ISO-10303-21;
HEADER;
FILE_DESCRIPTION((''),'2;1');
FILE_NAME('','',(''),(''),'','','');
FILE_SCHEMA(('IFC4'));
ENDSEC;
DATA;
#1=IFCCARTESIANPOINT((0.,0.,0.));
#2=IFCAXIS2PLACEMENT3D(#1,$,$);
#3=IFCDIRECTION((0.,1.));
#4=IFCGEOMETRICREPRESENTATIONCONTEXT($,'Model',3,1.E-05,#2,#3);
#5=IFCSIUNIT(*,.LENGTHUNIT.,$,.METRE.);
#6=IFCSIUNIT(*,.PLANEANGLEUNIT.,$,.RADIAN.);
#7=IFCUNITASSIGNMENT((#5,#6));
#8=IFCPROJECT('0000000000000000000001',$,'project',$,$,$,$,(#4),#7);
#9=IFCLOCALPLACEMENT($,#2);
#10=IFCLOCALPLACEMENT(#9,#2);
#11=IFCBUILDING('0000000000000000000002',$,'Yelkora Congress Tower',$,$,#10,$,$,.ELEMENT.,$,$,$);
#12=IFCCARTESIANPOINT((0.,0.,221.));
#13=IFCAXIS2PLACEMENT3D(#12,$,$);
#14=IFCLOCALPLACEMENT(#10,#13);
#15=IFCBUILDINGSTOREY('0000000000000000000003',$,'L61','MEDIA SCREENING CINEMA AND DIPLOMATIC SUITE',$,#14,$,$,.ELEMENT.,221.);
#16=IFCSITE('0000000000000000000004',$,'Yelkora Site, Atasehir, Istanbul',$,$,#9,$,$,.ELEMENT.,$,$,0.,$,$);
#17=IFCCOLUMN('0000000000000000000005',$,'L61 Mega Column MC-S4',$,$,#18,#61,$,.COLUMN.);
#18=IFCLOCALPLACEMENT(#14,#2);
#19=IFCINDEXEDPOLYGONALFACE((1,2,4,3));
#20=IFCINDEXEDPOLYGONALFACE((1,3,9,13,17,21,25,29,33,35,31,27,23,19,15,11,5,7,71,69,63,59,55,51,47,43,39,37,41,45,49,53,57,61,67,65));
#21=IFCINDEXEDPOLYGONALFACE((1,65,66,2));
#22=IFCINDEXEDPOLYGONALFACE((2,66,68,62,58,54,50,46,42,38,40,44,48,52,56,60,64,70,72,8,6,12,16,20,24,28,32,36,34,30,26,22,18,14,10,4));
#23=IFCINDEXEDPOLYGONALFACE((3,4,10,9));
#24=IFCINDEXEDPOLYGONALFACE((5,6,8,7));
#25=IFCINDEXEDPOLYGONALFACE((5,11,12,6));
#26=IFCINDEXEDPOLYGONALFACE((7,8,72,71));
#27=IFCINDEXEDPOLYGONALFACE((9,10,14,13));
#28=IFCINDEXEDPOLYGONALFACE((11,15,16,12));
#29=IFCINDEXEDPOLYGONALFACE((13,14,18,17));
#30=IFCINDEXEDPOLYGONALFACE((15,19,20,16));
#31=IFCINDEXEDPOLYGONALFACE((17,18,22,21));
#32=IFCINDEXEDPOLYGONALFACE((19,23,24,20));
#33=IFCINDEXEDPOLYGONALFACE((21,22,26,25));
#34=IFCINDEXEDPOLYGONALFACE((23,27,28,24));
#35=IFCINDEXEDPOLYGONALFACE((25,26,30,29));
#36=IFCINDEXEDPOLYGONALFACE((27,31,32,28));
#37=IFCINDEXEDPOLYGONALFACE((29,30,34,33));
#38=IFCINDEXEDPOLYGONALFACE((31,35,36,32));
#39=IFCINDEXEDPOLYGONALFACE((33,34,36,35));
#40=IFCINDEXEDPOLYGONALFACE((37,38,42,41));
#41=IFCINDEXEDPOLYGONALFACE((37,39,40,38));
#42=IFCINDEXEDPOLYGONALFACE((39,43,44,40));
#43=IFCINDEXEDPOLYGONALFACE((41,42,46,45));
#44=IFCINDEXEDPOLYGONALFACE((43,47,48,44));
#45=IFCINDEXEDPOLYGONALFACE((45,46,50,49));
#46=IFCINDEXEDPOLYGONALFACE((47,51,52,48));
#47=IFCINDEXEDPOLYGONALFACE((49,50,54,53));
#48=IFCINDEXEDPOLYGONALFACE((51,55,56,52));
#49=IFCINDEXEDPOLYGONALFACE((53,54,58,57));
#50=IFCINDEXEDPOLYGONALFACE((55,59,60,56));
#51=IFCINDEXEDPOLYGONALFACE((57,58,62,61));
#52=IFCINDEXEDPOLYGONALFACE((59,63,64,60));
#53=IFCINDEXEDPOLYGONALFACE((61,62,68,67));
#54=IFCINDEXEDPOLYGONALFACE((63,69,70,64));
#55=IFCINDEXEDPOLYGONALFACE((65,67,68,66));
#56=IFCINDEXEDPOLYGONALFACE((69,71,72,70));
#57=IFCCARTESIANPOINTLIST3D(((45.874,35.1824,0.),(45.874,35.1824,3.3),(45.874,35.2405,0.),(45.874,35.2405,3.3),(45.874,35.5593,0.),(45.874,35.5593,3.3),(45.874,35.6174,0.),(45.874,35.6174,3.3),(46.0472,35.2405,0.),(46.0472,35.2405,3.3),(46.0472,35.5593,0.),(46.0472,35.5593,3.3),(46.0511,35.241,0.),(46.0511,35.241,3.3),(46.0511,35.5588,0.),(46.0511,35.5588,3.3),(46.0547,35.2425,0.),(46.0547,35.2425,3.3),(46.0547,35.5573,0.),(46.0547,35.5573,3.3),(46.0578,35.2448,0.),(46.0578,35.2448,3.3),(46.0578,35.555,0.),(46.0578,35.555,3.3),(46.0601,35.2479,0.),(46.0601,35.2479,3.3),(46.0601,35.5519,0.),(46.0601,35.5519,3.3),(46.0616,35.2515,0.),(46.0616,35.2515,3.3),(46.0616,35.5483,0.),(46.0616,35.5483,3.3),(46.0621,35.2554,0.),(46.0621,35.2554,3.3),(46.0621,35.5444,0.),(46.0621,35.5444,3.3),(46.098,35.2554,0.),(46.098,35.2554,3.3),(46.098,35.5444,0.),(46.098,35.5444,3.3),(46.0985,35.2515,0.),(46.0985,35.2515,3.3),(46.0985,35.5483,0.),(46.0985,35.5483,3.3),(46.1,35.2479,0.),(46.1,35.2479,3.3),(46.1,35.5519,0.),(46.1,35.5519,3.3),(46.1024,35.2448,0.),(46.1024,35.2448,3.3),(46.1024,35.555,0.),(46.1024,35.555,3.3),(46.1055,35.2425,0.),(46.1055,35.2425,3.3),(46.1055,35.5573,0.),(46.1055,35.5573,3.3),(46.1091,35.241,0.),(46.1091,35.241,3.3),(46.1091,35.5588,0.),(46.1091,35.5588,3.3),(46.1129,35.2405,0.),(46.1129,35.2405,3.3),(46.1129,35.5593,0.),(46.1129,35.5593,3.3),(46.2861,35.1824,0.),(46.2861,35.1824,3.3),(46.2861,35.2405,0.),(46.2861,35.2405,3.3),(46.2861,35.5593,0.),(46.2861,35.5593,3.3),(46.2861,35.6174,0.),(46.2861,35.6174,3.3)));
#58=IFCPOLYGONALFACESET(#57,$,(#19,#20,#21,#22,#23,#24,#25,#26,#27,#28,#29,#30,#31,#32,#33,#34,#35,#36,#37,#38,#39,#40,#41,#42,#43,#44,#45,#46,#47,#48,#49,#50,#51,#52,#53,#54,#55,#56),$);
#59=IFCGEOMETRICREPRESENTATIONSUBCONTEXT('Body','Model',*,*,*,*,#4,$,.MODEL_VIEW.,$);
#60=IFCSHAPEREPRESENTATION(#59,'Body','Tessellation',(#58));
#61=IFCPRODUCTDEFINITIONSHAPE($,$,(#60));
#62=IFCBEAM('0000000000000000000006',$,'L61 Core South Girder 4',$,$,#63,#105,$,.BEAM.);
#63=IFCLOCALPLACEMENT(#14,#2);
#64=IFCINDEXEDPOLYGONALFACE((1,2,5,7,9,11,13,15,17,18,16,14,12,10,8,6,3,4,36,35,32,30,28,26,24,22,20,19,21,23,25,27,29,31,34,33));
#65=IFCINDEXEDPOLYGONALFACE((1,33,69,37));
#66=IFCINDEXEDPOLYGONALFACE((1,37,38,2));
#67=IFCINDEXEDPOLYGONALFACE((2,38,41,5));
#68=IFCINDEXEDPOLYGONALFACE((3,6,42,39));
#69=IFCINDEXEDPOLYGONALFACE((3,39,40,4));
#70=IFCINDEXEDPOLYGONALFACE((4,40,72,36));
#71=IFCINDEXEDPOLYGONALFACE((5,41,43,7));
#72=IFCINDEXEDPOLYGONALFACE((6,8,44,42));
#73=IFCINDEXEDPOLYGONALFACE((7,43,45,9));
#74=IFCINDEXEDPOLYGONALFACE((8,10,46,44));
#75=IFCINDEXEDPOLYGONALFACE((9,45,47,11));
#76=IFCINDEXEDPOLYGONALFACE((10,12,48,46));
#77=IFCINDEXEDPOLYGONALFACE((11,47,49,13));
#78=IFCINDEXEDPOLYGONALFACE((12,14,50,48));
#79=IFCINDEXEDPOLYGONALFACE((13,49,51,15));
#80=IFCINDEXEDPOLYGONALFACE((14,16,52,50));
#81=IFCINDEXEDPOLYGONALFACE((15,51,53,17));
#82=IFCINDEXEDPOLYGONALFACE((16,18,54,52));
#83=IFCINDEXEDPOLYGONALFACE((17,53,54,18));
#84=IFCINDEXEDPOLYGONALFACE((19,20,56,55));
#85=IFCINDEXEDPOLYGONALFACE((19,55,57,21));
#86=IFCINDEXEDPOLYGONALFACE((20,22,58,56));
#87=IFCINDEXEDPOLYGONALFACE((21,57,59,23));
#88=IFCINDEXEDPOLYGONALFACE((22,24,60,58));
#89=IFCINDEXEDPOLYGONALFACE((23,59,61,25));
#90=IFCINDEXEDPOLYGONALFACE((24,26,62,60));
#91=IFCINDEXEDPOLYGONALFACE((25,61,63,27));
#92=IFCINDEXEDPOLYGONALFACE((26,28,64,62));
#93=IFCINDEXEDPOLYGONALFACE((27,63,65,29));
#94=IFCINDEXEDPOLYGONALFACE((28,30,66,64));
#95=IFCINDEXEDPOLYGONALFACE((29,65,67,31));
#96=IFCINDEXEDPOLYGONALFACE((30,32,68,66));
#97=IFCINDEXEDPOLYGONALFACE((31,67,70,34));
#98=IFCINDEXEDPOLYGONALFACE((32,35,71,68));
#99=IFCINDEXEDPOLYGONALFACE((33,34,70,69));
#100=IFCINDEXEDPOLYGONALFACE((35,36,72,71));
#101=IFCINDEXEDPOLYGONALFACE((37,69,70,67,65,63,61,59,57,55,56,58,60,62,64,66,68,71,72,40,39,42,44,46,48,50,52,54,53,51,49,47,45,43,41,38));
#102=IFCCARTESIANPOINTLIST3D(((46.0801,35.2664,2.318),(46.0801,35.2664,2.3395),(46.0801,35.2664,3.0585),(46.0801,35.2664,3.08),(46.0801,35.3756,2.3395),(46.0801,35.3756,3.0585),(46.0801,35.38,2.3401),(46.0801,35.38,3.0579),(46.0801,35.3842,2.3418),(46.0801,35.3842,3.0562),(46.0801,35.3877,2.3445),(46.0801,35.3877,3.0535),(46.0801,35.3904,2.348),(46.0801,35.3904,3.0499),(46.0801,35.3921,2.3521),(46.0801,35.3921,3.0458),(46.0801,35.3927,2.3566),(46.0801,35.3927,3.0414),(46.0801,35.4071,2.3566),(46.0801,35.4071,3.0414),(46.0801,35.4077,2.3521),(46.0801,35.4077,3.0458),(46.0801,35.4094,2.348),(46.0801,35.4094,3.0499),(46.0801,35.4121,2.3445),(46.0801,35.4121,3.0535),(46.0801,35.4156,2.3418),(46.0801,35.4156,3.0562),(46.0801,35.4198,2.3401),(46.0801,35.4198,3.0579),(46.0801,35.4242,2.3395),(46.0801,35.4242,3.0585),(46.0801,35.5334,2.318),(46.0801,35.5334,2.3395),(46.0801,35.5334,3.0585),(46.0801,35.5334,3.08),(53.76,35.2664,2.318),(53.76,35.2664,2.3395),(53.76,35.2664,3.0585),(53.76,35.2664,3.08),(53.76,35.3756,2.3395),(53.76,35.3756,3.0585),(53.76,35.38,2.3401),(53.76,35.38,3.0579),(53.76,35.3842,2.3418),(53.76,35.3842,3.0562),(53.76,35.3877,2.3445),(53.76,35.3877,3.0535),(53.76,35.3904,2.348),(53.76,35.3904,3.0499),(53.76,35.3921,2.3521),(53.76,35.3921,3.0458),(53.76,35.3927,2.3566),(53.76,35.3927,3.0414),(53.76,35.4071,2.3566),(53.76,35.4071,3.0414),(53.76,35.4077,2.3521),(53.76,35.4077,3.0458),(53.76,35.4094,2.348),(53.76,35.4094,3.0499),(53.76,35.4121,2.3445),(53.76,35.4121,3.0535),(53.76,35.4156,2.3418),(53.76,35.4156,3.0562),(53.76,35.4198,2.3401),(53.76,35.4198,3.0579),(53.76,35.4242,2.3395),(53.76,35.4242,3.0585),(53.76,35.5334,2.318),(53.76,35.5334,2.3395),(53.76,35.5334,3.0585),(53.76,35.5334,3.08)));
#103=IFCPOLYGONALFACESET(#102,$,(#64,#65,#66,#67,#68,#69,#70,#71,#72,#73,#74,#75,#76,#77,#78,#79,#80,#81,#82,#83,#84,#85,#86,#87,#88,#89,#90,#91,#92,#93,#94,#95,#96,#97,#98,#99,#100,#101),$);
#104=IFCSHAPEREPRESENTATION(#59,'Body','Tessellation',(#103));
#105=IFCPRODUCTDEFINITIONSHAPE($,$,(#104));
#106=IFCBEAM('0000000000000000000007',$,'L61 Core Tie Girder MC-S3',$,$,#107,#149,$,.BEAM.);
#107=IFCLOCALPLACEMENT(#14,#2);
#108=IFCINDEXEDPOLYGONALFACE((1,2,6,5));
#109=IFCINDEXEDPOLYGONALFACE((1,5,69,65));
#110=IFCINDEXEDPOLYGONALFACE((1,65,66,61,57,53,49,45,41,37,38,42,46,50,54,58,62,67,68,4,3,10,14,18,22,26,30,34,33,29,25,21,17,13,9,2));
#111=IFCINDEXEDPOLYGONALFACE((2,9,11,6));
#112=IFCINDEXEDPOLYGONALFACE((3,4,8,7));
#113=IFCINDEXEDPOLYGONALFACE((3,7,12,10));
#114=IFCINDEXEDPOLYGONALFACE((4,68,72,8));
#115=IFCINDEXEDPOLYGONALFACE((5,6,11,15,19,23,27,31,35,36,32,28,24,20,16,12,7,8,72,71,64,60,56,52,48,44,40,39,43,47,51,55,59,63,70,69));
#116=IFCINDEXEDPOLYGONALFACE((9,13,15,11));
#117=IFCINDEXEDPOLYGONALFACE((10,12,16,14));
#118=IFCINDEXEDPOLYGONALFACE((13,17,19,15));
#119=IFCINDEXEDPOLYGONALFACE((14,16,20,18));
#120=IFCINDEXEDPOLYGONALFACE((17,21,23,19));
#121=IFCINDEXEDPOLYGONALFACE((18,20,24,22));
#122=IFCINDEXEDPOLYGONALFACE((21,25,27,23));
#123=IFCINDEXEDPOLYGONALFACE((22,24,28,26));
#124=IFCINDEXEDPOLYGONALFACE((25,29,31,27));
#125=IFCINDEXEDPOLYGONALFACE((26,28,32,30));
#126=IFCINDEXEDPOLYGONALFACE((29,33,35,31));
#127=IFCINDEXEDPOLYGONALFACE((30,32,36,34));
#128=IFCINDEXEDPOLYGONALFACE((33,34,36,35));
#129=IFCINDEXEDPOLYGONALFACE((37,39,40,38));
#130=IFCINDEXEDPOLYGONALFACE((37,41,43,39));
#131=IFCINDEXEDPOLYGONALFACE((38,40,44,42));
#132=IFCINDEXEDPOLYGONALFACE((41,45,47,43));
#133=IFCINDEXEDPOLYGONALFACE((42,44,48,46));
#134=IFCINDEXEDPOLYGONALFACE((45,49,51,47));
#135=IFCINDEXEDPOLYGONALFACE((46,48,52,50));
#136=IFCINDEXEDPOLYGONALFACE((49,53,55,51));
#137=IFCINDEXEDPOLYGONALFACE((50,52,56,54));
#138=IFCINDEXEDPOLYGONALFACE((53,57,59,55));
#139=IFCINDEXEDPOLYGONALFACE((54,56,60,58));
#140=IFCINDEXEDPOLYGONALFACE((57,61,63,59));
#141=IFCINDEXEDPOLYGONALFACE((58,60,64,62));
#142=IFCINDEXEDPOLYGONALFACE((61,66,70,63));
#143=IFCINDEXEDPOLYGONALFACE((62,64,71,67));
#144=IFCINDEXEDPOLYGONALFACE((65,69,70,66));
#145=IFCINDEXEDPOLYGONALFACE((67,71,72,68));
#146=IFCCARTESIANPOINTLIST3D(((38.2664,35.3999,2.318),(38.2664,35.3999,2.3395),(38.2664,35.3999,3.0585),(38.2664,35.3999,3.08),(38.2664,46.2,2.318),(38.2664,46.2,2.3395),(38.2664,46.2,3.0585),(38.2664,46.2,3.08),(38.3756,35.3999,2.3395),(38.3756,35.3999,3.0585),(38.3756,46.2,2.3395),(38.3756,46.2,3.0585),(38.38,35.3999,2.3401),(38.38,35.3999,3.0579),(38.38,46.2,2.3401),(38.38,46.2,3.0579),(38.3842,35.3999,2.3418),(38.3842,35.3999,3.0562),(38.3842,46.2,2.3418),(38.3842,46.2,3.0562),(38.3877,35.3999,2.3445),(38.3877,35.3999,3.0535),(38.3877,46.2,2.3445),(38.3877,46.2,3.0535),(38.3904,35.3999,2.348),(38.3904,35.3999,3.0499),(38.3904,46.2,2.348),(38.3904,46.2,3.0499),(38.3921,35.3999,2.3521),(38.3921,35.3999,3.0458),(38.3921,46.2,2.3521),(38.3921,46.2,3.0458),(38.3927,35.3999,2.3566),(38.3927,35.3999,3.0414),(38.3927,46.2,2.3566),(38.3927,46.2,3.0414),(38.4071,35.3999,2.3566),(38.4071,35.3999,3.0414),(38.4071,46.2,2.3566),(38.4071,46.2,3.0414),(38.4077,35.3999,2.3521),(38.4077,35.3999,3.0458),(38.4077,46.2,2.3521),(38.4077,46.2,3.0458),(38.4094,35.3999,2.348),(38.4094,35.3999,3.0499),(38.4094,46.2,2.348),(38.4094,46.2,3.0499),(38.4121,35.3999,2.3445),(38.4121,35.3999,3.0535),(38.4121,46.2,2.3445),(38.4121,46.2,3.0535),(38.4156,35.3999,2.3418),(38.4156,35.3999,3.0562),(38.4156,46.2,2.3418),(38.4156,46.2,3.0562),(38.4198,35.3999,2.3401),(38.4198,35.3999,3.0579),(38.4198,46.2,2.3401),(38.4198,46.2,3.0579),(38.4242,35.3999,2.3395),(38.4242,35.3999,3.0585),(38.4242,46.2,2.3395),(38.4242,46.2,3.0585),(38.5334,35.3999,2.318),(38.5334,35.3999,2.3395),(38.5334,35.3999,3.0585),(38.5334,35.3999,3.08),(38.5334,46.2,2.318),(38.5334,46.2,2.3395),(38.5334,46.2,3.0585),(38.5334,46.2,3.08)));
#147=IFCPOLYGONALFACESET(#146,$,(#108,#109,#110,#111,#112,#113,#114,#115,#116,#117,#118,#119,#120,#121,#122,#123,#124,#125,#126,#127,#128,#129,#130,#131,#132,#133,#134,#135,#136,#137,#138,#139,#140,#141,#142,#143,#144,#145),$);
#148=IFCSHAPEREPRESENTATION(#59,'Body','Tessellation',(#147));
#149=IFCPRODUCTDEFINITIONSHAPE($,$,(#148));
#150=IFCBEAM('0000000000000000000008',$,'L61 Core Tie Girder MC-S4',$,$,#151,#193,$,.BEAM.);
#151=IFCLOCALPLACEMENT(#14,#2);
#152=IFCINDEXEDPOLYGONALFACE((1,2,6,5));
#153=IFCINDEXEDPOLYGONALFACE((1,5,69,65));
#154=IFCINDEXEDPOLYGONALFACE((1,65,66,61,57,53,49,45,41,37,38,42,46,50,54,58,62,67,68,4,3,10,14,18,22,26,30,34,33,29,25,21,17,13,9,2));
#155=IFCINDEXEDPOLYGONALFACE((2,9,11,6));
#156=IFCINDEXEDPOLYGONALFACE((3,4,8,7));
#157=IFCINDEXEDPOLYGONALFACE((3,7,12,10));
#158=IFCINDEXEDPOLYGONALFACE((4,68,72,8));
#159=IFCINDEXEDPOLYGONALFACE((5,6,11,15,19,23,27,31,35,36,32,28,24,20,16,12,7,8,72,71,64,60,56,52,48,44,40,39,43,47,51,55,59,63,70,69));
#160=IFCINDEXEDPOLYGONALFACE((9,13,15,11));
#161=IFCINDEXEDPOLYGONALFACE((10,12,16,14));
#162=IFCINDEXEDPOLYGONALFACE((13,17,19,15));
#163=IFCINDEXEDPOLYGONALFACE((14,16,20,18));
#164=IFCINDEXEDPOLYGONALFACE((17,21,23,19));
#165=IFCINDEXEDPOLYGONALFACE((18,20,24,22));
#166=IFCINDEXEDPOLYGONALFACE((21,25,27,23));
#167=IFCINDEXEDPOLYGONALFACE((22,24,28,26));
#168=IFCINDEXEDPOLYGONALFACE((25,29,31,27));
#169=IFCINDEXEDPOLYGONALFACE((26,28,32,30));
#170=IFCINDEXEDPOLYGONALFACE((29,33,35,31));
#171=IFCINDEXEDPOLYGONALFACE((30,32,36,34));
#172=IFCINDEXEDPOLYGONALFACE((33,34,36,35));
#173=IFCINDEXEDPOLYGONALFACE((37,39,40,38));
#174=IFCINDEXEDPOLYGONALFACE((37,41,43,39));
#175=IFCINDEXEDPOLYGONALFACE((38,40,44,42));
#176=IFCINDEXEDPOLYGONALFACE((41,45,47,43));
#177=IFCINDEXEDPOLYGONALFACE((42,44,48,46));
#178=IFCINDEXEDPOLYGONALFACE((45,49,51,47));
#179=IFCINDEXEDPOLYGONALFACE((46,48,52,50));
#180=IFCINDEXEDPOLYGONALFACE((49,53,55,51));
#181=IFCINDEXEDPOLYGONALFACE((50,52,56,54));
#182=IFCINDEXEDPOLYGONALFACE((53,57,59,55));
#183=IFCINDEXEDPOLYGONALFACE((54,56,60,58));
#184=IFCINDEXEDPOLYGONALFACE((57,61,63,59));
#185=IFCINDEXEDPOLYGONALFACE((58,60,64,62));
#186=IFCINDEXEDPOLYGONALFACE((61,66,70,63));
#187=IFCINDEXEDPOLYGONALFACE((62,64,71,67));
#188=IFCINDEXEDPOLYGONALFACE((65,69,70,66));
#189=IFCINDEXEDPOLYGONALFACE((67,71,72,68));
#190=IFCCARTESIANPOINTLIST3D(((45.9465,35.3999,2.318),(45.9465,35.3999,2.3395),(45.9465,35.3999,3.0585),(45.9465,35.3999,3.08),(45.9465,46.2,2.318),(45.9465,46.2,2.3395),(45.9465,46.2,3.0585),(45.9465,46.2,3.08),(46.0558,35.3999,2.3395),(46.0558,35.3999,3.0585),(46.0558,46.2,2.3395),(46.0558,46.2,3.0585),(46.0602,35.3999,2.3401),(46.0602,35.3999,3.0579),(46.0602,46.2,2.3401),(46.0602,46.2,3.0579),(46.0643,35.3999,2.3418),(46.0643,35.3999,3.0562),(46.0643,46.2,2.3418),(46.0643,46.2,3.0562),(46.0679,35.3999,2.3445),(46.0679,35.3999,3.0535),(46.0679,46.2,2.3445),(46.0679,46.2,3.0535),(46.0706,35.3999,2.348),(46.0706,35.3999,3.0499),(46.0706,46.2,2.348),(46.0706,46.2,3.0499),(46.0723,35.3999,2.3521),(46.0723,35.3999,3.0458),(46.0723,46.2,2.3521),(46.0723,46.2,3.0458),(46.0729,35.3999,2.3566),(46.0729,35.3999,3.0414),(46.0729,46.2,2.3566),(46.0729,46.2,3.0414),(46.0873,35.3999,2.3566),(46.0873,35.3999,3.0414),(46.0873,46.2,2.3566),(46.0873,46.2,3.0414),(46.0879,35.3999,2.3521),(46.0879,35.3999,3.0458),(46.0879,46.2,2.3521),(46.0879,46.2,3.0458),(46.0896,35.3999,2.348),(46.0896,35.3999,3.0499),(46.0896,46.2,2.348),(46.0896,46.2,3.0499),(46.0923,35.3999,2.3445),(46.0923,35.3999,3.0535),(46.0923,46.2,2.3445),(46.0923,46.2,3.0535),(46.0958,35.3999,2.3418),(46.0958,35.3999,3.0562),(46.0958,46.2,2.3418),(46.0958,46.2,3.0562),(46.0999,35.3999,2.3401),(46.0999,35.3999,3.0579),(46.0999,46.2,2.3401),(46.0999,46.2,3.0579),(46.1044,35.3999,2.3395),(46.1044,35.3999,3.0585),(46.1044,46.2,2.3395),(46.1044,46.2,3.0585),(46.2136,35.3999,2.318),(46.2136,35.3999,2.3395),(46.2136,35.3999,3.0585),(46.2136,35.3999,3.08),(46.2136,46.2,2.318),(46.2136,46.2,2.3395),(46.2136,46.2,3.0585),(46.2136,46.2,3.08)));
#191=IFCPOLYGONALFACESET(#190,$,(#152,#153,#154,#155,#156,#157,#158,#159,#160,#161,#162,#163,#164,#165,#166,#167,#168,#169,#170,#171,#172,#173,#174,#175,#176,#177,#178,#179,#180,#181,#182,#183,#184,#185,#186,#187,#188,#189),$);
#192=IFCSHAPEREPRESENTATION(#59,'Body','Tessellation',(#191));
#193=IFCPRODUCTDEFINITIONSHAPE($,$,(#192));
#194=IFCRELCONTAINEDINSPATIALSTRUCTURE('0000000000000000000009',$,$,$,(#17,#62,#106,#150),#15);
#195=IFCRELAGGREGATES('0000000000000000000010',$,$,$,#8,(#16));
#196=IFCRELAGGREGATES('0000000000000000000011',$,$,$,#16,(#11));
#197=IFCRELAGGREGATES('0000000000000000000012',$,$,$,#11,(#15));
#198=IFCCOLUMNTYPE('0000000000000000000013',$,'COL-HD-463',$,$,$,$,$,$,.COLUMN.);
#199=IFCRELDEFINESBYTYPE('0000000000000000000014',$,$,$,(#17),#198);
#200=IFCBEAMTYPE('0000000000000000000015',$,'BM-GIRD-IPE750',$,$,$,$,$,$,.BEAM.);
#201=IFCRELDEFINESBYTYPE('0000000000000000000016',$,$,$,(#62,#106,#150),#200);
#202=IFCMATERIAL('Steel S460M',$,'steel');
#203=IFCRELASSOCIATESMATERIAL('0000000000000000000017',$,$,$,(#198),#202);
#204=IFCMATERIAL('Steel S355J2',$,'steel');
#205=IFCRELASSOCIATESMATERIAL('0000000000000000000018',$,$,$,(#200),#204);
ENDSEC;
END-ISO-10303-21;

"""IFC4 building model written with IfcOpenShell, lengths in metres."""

from ifc_helpers import new_model, si_unit, direction, frame, origin, origin_2d, place, context, subcontext, project, spatial, i_section, extrude, material, material_profile, profile_set, type_object, element, save


model = new_model("IFC4")

# Units and contexts
model_context = context("Model", 3, precision=1e-05, world=origin(), true_north=direction((0.0, 1.0)))
body_context = subcontext(model_context, "Body", "Model", "MODEL_VIEW")
ifc_project = project(units=[si_unit("LENGTHUNIT", "METRE"), si_unit("PLANEANGLEUNIT", "RADIAN")], contexts=[model_context])

# Site, building, storey
site_placement = place(None, origin())
site = spatial("IfcSite", under=ifc_project, at=site_placement, Name="Yelkora Site, Atasehir, Istanbul", CompositionType="ELEMENT", RefElevation=0.0)
building_placement = place(site_placement, origin())
building = spatial("IfcBuilding", under=site, at=building_placement, Name="Yelkora Congress Tower", CompositionType="ELEMENT")
storey_placement = place(building_placement, frame((0.0, 0.0, 221.0)))
storey = spatial("IfcBuildingStorey", under=building, at=storey_placement, Name="L61", Description="MEDIA SCREENING CINEMA AND DIPLOMATIC SUITE", CompositionType="ELEMENT", Elevation=221.0)

# Column
ifc_material_1 = material(Name="Steel S460M", Category="steel")
ifc_material_profile_1 = material_profile(ifc_material_1, i_section(OverallWidth=0.4121, OverallDepth=0.4351, WebThickness=0.0359, FlangeThickness=0.0581, FilletRadius=0.0149, at=origin_2d()), Name="HD 400x463")
ifc_profile_set_1 = profile_set([ifc_material_profile_1], Name="Steel S460M")
column_type = type_object("IfcColumnType", Name="COL-HD-463", PredefinedType="COLUMN", material=ifc_profile_set_1)
column_placement = place(storey_placement, frame((46.0801, 35.3999, 0.0), z_axis=(0.0, 0.0, 1.0), x_axis=(1.0, 0.0, 0.0)))
element("IfcColumn", 1, at=column_placement, inside=storey, type_object=column_type, Name="L61 Mega Column MC-S4", PredefinedType="COLUMN", context=body_context, shape_type="SweptSolid", body=[
    extrude(i_section(OverallWidth=0.4121, OverallDepth=0.4351, WebThickness=0.0359, FlangeThickness=0.0581, FilletRadius=0.0149, at=origin_2d()), origin(), (0.0, 0.0, 1.0), 3.3),
])

# Beams
ifc_material_2 = material(Name="Steel S355J2", Category="steel")
ifc_material_profile_2 = material_profile(ifc_material_2, i_section(OverallWidth=0.2671, OverallDepth=0.762, WebThickness=0.0144, FlangeThickness=0.0215, FilletRadius=0.0171, at=origin_2d()), Name="IPE 750x173")
ifc_profile_set_2 = profile_set([ifc_material_profile_2], Name="Steel S355J2")
beam_type_1 = type_object("IfcBeamType", Name="BM-GIRD-IPE750", PredefinedType="BEAM", material=ifc_profile_set_2)
beam_1_placement = place(storey_placement, frame((46.0801, 35.3999, 2.699), z_axis=(1.0, 0.0, 0.0), x_axis=(0.0, 1.0, 0.0)))
element("IfcBeam", 2, at=beam_1_placement, inside=storey, type_object=beam_type_1, Name="L61 Core South Girder 4", PredefinedType="BEAM", context=body_context, shape_type="SweptSolid", body=[
    extrude(i_section(OverallWidth=0.2671, OverallDepth=0.762, WebThickness=0.0144, FlangeThickness=0.0215, FilletRadius=0.0171, at=origin_2d()), origin(), (0.0, 0.0, 1.0), 7.6799),
])
for number, where, z_axis, x_axis, name in (
    (3, (38.3999, 35.3999, 2.699), (0.0, 1.0, 0.0), (-1.0, 0.0, 0.0), "L61 Core Tie Girder MC-S3"),
    (4, (46.0801, 35.3999, 2.699), (0.0, 1.0, 0.0), (-1.0, 0.0, 0.0), "L61 Core Tie Girder MC-S4"),
):
    element("IfcBeam", number, at=place(storey_placement, frame(where, z_axis=z_axis, x_axis=x_axis)), inside=storey, type_object=beam_type_1, Name=name, PredefinedType="BEAM", context=body_context, shape_type="SweptSolid", body=[
        extrude(i_section(OverallWidth=0.2671, OverallDepth=0.762, WebThickness=0.0144, FlangeThickness=0.0215, FilletRadius=0.0171, at=origin_2d()), origin(), (0.0, 0.0, 1.0), 10.8),
    ])

save(model, "model.ifc")
